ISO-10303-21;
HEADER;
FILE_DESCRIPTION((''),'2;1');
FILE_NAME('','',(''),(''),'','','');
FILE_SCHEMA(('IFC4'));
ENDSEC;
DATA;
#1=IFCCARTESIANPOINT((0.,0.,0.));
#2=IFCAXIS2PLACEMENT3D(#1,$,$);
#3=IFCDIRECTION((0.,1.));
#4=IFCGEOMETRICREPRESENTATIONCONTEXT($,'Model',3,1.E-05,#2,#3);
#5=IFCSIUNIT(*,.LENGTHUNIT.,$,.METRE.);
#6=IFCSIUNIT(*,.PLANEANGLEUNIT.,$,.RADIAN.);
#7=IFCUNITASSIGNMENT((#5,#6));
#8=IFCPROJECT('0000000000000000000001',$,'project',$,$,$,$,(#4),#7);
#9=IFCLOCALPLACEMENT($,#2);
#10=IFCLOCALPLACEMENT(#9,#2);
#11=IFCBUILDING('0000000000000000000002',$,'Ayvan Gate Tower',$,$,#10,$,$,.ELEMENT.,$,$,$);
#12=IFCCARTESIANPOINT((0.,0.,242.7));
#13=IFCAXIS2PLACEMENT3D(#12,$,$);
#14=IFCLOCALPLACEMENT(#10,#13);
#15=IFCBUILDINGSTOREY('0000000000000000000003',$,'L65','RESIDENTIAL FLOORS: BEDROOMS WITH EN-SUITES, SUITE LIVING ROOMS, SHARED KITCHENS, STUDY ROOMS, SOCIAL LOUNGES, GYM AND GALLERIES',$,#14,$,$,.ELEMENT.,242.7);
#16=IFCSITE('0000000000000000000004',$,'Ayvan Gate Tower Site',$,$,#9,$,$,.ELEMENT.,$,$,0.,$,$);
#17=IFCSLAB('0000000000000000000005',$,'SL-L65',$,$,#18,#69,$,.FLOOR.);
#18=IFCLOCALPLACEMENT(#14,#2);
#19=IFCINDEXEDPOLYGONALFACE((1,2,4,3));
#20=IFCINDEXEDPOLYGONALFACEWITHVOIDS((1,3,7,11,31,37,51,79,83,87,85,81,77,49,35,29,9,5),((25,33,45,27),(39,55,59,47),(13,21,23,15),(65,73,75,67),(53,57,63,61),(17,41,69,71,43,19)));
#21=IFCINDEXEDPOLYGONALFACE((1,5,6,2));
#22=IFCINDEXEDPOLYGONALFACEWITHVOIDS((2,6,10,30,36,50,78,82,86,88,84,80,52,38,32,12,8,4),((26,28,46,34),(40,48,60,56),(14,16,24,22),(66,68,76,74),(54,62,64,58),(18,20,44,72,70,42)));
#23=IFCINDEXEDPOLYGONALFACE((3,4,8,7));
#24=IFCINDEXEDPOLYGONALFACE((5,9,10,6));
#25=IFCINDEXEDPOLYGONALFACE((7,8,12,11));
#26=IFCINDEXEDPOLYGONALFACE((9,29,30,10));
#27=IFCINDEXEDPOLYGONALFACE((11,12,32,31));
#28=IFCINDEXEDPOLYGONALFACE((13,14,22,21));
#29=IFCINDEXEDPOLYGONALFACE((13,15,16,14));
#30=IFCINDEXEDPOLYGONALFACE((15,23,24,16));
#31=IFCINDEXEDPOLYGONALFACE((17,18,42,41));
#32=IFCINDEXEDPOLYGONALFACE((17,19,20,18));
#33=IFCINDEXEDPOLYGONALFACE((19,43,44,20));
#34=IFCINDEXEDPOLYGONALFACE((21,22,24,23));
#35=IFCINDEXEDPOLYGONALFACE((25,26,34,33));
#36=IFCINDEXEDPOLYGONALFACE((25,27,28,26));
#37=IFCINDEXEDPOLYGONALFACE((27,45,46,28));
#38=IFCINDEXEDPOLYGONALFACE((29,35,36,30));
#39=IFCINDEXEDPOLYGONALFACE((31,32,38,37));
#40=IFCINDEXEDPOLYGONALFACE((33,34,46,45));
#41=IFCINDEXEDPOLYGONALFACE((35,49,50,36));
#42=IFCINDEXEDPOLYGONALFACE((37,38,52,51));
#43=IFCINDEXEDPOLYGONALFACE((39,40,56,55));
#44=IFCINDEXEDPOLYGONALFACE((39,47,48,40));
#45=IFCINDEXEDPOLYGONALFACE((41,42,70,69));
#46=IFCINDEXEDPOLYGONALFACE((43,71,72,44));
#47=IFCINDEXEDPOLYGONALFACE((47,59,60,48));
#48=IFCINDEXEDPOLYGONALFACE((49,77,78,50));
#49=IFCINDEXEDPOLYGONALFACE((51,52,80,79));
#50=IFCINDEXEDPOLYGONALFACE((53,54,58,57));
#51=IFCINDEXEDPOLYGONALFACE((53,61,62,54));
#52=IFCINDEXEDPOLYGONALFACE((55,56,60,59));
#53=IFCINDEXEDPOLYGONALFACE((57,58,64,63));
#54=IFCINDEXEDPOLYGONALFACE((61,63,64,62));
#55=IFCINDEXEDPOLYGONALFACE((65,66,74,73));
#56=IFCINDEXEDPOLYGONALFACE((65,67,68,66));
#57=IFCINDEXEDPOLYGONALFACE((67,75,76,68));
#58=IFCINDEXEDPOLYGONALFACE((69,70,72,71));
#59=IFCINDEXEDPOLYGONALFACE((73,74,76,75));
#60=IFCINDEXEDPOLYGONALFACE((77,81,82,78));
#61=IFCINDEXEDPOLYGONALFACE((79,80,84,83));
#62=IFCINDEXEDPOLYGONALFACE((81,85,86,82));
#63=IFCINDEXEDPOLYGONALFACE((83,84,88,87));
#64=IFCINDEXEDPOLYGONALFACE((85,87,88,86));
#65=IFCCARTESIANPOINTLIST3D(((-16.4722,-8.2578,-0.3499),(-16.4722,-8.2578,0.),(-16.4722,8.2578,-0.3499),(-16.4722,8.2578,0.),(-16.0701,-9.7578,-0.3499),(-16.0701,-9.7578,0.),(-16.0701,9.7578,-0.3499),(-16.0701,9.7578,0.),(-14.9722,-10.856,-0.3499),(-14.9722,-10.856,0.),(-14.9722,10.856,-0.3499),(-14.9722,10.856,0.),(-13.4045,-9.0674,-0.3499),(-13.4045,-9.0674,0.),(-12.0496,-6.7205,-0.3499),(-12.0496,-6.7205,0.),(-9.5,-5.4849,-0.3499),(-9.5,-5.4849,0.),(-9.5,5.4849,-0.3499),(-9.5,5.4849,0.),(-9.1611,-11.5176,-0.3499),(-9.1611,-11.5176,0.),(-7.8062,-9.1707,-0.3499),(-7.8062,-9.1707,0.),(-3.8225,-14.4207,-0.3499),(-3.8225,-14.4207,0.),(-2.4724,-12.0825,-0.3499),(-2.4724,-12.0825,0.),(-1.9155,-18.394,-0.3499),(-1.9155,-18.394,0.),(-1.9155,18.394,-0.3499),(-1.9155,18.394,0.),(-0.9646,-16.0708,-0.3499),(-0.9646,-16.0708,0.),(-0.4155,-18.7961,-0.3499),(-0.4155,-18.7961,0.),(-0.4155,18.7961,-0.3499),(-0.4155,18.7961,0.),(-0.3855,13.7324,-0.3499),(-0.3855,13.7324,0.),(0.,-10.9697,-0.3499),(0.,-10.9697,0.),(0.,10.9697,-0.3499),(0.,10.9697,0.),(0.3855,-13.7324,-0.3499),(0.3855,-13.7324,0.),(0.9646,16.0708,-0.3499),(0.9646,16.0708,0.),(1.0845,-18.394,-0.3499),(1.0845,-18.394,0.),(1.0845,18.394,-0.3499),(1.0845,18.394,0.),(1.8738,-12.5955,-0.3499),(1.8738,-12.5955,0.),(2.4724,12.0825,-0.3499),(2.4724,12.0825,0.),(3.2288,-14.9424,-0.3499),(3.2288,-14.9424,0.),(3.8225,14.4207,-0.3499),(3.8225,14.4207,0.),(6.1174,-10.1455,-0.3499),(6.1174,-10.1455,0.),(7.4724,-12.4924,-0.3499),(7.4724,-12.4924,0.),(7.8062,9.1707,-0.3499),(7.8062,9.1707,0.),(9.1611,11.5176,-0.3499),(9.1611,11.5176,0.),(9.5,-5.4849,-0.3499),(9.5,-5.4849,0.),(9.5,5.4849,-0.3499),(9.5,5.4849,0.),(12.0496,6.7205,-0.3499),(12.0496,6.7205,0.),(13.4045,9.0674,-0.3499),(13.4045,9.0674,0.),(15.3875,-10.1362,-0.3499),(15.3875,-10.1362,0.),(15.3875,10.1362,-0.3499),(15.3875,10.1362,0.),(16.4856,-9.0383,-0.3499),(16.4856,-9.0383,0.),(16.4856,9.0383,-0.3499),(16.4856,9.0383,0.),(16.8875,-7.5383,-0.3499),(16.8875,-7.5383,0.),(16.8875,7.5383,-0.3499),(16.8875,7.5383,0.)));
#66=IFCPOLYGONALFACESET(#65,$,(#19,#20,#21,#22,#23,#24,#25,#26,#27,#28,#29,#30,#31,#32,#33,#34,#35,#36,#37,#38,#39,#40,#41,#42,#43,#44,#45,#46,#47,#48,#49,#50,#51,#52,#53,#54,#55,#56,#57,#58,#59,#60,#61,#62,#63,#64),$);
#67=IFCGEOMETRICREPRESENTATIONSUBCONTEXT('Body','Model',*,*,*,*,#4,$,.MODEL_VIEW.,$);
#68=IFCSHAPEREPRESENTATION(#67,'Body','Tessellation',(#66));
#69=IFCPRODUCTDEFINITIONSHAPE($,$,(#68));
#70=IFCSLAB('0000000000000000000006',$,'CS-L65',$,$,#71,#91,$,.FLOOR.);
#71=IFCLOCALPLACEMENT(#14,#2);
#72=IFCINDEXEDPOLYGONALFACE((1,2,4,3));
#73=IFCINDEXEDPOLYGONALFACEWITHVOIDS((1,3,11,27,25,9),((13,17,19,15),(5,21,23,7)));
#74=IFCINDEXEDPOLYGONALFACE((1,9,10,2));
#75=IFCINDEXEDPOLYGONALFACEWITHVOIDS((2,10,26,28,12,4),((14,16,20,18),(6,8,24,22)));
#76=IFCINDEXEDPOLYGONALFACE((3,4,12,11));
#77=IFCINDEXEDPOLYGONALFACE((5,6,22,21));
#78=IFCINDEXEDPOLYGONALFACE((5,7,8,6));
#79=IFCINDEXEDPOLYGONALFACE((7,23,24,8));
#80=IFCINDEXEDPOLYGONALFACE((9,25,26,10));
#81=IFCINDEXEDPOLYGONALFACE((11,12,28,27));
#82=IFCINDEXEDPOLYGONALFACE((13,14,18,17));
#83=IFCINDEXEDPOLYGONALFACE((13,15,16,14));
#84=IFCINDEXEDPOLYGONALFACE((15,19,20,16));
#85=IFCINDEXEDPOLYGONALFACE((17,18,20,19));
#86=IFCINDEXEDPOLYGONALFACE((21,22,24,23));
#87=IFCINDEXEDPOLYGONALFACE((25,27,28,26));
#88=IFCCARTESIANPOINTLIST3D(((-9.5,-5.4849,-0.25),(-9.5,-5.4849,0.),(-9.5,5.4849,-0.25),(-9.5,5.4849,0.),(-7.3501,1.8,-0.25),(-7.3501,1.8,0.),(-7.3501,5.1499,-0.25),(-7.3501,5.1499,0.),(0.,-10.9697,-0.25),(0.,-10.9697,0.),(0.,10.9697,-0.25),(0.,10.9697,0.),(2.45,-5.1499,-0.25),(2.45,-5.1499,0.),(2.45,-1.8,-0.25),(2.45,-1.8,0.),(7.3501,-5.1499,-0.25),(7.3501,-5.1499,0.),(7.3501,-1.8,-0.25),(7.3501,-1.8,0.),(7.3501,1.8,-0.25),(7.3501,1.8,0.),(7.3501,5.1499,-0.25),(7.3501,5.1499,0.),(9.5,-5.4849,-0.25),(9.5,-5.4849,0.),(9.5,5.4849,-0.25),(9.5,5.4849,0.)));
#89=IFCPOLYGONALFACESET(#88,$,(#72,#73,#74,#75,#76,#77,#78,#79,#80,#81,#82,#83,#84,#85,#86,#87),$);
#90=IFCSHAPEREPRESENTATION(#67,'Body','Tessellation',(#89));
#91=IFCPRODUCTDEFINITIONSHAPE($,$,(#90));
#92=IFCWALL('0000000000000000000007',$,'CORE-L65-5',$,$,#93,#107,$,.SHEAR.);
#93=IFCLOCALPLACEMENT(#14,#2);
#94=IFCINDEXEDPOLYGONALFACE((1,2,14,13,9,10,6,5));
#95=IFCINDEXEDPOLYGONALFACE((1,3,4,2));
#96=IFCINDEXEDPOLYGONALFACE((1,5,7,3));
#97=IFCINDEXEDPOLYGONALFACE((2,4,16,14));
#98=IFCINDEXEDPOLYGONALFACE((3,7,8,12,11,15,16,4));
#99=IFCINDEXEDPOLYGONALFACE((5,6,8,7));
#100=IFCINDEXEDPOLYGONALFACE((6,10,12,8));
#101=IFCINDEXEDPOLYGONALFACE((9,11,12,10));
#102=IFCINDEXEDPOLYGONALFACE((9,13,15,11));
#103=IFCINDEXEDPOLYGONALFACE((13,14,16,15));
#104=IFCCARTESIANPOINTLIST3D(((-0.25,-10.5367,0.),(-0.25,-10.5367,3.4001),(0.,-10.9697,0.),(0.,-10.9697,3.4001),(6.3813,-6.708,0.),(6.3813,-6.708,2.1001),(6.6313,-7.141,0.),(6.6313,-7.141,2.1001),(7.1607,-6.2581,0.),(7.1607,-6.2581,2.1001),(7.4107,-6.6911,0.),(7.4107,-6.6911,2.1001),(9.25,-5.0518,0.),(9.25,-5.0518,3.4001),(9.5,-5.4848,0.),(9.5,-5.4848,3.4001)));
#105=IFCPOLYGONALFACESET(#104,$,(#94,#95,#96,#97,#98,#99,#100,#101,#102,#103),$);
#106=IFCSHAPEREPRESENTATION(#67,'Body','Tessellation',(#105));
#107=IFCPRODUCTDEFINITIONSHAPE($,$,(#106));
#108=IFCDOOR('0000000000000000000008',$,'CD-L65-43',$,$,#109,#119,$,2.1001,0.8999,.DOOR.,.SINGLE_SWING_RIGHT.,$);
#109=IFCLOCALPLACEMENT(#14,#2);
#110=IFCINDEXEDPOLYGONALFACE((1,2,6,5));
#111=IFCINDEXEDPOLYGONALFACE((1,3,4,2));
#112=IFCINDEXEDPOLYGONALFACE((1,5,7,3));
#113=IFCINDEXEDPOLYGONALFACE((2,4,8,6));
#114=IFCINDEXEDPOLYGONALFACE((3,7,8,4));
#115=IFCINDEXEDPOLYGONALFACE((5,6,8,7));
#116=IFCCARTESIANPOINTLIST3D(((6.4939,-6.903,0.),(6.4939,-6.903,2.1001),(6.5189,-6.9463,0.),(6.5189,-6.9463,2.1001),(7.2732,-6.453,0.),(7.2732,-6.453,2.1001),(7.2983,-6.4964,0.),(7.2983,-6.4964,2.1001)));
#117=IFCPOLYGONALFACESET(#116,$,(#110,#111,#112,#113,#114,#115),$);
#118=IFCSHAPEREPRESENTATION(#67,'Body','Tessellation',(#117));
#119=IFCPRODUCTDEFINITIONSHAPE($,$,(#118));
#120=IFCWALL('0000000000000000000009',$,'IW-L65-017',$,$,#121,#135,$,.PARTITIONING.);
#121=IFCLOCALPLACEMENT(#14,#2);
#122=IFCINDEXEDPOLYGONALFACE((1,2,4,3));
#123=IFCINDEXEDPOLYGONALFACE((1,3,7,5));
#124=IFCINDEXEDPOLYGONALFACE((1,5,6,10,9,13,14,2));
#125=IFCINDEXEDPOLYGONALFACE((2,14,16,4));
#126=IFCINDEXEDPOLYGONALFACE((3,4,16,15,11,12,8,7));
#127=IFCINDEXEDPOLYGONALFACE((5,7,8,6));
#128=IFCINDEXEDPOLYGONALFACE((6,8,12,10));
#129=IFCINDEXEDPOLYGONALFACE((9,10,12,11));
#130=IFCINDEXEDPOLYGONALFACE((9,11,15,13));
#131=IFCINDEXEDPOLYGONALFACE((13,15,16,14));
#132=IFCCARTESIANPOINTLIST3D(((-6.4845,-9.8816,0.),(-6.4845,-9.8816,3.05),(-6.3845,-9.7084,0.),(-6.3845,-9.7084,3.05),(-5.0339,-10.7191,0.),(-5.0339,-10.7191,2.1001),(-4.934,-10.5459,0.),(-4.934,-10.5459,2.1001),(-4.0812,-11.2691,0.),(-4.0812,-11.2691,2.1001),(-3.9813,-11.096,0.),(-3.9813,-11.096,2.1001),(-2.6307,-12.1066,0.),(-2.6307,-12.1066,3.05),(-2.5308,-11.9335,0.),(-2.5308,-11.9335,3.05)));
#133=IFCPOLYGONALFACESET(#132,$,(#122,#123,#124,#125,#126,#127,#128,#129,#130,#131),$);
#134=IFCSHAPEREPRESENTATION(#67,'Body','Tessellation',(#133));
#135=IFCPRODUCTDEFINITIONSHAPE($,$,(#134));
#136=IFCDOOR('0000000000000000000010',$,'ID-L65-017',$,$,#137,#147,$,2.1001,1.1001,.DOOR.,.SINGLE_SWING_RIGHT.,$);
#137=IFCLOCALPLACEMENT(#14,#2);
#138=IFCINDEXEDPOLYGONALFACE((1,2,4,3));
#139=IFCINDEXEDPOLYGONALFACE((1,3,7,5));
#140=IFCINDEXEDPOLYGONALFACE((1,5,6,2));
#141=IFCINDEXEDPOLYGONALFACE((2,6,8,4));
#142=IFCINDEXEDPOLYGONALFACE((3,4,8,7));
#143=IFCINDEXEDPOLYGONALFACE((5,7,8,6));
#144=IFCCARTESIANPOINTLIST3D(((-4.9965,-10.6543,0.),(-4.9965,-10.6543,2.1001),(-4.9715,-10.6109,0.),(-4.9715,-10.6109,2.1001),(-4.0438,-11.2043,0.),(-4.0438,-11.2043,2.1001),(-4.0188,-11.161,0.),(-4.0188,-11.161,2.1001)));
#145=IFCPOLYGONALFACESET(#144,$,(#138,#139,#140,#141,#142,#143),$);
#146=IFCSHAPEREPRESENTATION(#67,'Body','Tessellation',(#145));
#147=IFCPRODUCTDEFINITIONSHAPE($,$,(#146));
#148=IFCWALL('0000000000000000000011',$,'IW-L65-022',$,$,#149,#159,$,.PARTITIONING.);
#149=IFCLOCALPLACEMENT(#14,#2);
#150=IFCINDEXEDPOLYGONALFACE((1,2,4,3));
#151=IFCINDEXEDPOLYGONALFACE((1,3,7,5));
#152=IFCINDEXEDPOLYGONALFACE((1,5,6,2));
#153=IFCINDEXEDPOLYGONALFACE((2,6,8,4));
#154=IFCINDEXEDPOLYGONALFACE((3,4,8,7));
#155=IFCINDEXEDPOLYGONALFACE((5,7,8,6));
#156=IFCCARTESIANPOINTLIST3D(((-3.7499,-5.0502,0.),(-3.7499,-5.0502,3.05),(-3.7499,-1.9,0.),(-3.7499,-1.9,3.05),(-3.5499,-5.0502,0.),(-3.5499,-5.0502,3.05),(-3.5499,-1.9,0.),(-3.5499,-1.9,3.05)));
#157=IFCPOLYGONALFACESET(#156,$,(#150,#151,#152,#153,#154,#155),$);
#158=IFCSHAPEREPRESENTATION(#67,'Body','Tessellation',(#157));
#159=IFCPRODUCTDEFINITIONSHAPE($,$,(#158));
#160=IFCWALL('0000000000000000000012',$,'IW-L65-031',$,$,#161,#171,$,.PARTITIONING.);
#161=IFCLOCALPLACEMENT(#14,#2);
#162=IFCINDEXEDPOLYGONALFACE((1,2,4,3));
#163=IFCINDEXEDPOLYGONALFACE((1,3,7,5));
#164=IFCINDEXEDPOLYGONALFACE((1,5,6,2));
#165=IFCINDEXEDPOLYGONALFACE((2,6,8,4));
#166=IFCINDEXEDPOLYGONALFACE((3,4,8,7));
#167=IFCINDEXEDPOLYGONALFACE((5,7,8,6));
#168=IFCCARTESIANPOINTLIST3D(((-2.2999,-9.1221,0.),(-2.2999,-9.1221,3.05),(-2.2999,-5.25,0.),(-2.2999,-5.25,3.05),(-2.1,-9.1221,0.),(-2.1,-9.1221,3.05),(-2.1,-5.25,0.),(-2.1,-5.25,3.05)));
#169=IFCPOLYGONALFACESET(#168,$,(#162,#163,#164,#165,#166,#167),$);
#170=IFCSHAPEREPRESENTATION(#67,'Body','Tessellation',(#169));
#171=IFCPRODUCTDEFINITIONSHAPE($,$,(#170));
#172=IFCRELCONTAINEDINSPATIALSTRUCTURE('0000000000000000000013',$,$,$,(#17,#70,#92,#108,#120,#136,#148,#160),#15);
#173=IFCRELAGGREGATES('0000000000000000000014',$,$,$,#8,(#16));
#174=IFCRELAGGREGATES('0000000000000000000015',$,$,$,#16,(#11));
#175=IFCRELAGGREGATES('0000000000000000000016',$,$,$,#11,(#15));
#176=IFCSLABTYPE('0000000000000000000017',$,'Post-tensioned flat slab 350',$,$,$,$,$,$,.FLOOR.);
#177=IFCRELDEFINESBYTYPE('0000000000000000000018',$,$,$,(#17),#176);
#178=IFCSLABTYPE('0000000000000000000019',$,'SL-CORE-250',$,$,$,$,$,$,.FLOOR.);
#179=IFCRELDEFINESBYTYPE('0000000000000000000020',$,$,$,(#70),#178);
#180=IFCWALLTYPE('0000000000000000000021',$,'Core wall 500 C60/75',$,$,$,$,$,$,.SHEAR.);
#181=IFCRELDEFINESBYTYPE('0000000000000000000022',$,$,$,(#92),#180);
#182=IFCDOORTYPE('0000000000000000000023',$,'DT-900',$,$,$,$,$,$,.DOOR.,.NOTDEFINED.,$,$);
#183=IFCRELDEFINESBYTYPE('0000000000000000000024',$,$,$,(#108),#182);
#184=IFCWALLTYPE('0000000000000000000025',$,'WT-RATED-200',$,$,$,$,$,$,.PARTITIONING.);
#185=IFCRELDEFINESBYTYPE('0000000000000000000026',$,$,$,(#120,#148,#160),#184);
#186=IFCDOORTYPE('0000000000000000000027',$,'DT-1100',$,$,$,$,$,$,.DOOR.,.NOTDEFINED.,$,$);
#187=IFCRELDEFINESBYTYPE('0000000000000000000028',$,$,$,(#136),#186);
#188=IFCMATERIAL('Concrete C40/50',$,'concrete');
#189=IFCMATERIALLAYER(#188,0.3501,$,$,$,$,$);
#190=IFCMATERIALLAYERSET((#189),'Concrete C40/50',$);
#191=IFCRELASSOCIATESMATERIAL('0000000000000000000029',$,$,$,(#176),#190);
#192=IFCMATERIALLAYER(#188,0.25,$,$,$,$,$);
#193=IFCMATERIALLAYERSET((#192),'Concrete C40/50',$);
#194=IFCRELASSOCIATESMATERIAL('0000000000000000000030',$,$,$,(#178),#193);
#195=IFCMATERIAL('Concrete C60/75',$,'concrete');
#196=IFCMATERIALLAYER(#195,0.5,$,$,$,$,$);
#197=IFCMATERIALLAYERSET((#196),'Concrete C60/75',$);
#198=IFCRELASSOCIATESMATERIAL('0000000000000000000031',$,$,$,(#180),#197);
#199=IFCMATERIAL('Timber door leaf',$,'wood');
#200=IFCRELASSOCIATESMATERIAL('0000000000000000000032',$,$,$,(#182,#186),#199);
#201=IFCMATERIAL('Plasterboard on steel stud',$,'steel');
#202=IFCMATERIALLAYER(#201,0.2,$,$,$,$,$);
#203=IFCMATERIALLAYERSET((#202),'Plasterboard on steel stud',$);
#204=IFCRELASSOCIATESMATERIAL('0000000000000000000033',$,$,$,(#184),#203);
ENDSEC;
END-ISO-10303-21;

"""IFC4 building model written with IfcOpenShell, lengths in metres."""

from ifc_helpers import new_model, si_unit, direction, frame, frame_2d, origin, place, context, subcontext, project, spatial, polyline, rectangle, outline, extrude, material, layer, layer_set, type_object, element, fill, save


model = new_model("IFC4")

# Units and contexts
model_context = context("Model", 3, precision=1e-05, world=origin(), true_north=direction((0.0, 1.0)))
body_context = subcontext(model_context, "Body", "Model", "MODEL_VIEW")
ifc_project = project(units=[si_unit("LENGTHUNIT", "METRE"), si_unit("PLANEANGLEUNIT", "RADIAN")], contexts=[model_context])

# Site, building, storey
site_placement = place(None, origin())
site = spatial("IfcSite", under=ifc_project, at=site_placement, Name="Ayvan Gate Tower Site", CompositionType="ELEMENT", RefElevation=0.0)
building_placement = place(site_placement, origin())
building = spatial("IfcBuilding", under=site, at=building_placement, Name="Ayvan Gate Tower", CompositionType="ELEMENT")
storey_placement = place(building_placement, frame((0.0, 0.0, 242.7)))
storey = spatial("IfcBuildingStorey", under=building, at=storey_placement, Name="L65", Description="RESIDENTIAL FLOORS: BEDROOMS WITH EN-SUITES, SUITE LIVING ROOMS, SHARED KITCHENS, STUDY ROOMS, SOCIAL LOUNGES, GYM AND GALLERIES", CompositionType="ELEMENT", Elevation=242.7)

# Slabs
ifc_material_1 = material(Name="Concrete C40/50", Category="concrete")
ifc_layer_1 = layer(ifc_material_1, 0.3501)
ifc_layer_set_1 = layer_set([ifc_layer_1], Name="Concrete C40/50")
slab_type_1 = type_object("IfcSlabType", Name="Post-tensioned flat slab 350", PredefinedType="FLOOR", material=ifc_layer_set_1)
slab_1_placement = place(storey_placement, frame((0.0, 0.0, -0.3499)))
element("IfcSlab", 1, at=slab_1_placement, inside=storey, type_object=slab_type_1, Name="SL-L65", PredefinedType="FLOOR", context=body_context, shape_type="SweptSolid", body=[
    extrude(outline(polyline([(1.0845, -18.394), (-0.4155, -18.7961), (-1.9155, -18.394), (-14.9722, -10.856), (-16.0701, -9.7578), (-16.4722, -8.2578), (-16.4722, 8.2578), (-16.0701, 9.7578), (-14.9722, 10.856), (-1.9155, 18.394), (-0.4155, 18.7961), (1.0845, 18.394), (15.3875, 10.1362), (16.4856, 9.0383), (16.8875, 7.5383), (16.8875, -7.5383), (16.4856, -9.0383), (15.3875, -10.1362), (1.0845, -18.394)]), holes=[polyline([(12.0496, 6.7205), (13.4045, 9.0674), (9.1611, 11.5176), (7.8062, 9.1707), (12.0496, 6.7205)]), polyline([(9.5, 5.4849), (0.0, 10.9697), (-9.5, 5.4849), (-9.5, -5.4849), (0.0, -10.9697), (9.5, -5.4849), (9.5, 5.4849)]), polyline([(1.8738, -12.5955), (3.2288, -14.9424), (7.4724, -12.4924), (6.1174, -10.1455), (1.8738, -12.5955)]), polyline([(3.8225, 14.4207), (0.9646, 16.0708), (-0.3855, 13.7324), (2.4724, 12.0825), (3.8225, 14.4207)]), polyline([(0.3855, -13.7324), (-2.4724, -12.0825), (-3.8225, -14.4207), (-0.9646, -16.0708), (0.3855, -13.7324)]), polyline([(-9.1611, -11.5176), (-7.8062, -9.1707), (-12.0496, -6.7205), (-13.4045, -9.0674), (-9.1611, -11.5176)])]), origin(), (0.0, 0.0, 1.0), 0.3499),
])
ifc_layer_2 = layer(ifc_material_1, 0.25)
ifc_layer_set_2 = layer_set([ifc_layer_2], Name="Concrete C40/50")
slab_type_2 = type_object("IfcSlabType", Name="SL-CORE-250", PredefinedType="FLOOR", material=ifc_layer_set_2)
slab_2_placement = place(storey_placement, frame((0.0, 0.0, -0.25)))
element("IfcSlab", 2, at=slab_2_placement, inside=storey, type_object=slab_type_2, Name="CS-L65", PredefinedType="FLOOR", context=body_context, shape_type="SweptSolid", body=[
    extrude(outline(polyline([(9.5, -5.4849), (0.0, -10.9697), (-9.5, -5.4849), (-9.5, 5.4849), (0.0, 10.9697), (9.5, 5.4849), (9.5, -5.4849)]), holes=[polyline([(-7.3501, 5.1499), (-7.3501, 1.8), (7.3501, 1.8), (7.3501, 5.1499), (-7.3501, 5.1499)]), polyline([(2.45, -1.8), (2.45, -5.1499), (7.3501, -5.1499), (7.3501, -1.8), (2.45, -1.8)])]), origin(), (0.0, 0.0, 1.0), 0.25),
])

# Walls, openings, doors
ifc_material_2 = material(Name="Concrete C60/75", Category="concrete")
ifc_layer_3 = layer(ifc_material_2, 0.5)
ifc_layer_set_3 = layer_set([ifc_layer_3], Name="Concrete C60/75")
wall_type_1 = type_object("IfcWallType", Name="Core wall 500 C60/75", PredefinedType="SHEAR", material=ifc_layer_set_3)
wall_1_placement = place(storey_placement, frame((-0.125, -10.7532, 0.0), z_axis=(0.0, 0.0, 1.0), x_axis=(0.866024, 0.500002, 0.0)))
wall_1 = element("IfcWall", 3, at=wall_1_placement, inside=storey, type_object=wall_type_1, Name="CORE-L65-5", PredefinedType="SHEAR", context=body_context, shape_type="SweptSolid", body=[
    extrude(rectangle(XDim=10.9697, YDim=0.5, at=frame_2d((5.4849, 0.0))), origin(), (0.0, 0.0, 1.0), 3.4001),
])
opening_1_placement = place(wall_1_placement, frame((7.6572, 0.0, 0.0)))
opening_1 = element("IfcOpeningElement", 4, at=opening_1_placement, cuts=wall_1, PredefinedType="OPENING", context=body_context, shape_type="SweptSolid", body=[
    extrude(rectangle(XDim=0.8999, YDim=2.1001, at=frame_2d((0.45, 1.05))), frame((0.0, 0.26, 0.0), z_axis=(0.0, -1.0, 0.0), x_axis=(1.0, 0.0, 0.0)), (0.0, 0.0, 1.0), 0.52),
])
ifc_material_3 = material(Name="Timber door leaf", Category="wood")
door_type_1 = type_object("IfcDoorType", Name="DT-900", OperationType="NOTDEFINED", PredefinedType="DOOR", material=ifc_material_3)
door_1_placement = place(opening_1_placement, origin())
door_1 = element("IfcDoor", 5, at=door_1_placement, inside=storey, type_object=door_type_1, Name="CD-L65-43", OperationType="SINGLE_SWING_RIGHT", OverallHeight=2.1001, OverallWidth=0.8999, PredefinedType="DOOR", context=body_context, shape_type="SweptSolid", body=[
    extrude(rectangle(XDim=0.8999, YDim=2.1001, at=frame_2d((0.45, 1.05))), frame((0.0, 0.0249, 0.0), z_axis=(0.0, -1.0, 0.0), x_axis=(1.0, 0.0, 0.0)), (0.0, 0.0, 1.0), 0.05),
])
fill(opening_1, door_1)
ifc_material_4 = material(Name="Plasterboard on steel stud", Category="steel")
ifc_layer_4 = layer(ifc_material_4, 0.2)
ifc_layer_set_4 = layer_set([ifc_layer_4], Name="Plasterboard on steel stud")
wall_type_2 = type_object("IfcWallType", Name="WT-RATED-200", PredefinedType="PARTITIONING", material=ifc_layer_set_4)
wall_2_placement = place(storey_placement, frame((-6.4346, -9.7949, 0.0), z_axis=(0.0, 0.0, 1.0), x_axis=(0.866013, -0.500022, 0.0)))
wall_2 = element("IfcWall", 6, at=wall_2_placement, inside=storey, type_object=wall_type_2, Name="IW-L65-017", PredefinedType="PARTITIONING", context=body_context, shape_type="SweptSolid", body=[
    extrude(rectangle(XDim=4.45, YDim=0.2, at=frame_2d((2.2251, 0.0))), origin(), (0.0, 0.0, 1.0), 3.05),
])
opening_2_placement = place(wall_2_placement, frame((1.675, 0.0, 0.0)))
opening_2 = element("IfcOpeningElement", 7, at=opening_2_placement, cuts=wall_2, PredefinedType="OPENING", context=body_context, shape_type="SweptSolid", body=[
    extrude(rectangle(XDim=1.1001, YDim=2.1001, at=frame_2d((0.55, 1.05))), frame((0.0, 0.1099, 0.0), z_axis=(0.0, -1.0, 0.0), x_axis=(1.0, 0.0, 0.0)), (0.0, 0.0, 1.0), 0.22),
])
door_type_2 = type_object("IfcDoorType", Name="DT-1100", OperationType="NOTDEFINED", PredefinedType="DOOR", material=ifc_material_3)
door_2_placement = place(opening_2_placement, origin())
door_2 = element("IfcDoor", 8, at=door_2_placement, inside=storey, type_object=door_type_2, Name="ID-L65-017", OperationType="SINGLE_SWING_RIGHT", OverallHeight=2.1001, OverallWidth=1.1001, PredefinedType="DOOR", context=body_context, shape_type="SweptSolid", body=[
    extrude(rectangle(XDim=1.1001, YDim=2.1001, at=frame_2d((0.55, 1.05))), frame((0.0, 0.0249, 0.0), z_axis=(0.0, -1.0, 0.0), x_axis=(1.0, 0.0, 0.0)), (0.0, 0.0, 1.0), 0.05),
])
fill(opening_2, door_2)

# Walls
wall_3_placement = place(storey_placement, frame((-3.6499, -1.8999, 0.0), z_axis=(0.0, 0.0, 1.0), x_axis=(0.0, -1.0, 0.0)))
element("IfcWall", 9, at=wall_3_placement, inside=storey, type_object=wall_type_2, Name="IW-L65-022", PredefinedType="PARTITIONING", context=body_context, shape_type="SweptSolid", body=[
    extrude(rectangle(XDim=3.1501, YDim=0.2, at=frame_2d((1.5752, 0.0))), origin(), (0.0, 0.0, 1.0), 3.05),
])
wall_4_placement = place(storey_placement, frame((-2.2, -5.25, 0.0), z_axis=(0.0, 0.0, 1.0), x_axis=(0.0, -1.0, 0.0)))
element("IfcWall", 10, at=wall_4_placement, inside=storey, type_object=wall_type_2, Name="IW-L65-031", PredefinedType="PARTITIONING", context=body_context, shape_type="SweptSolid", body=[
    extrude(rectangle(XDim=3.8721, YDim=0.2, at=frame_2d((1.936, 0.0))), origin(), (0.0, 0.0, 1.0), 3.05),
])

save(model, "model.ifc")
